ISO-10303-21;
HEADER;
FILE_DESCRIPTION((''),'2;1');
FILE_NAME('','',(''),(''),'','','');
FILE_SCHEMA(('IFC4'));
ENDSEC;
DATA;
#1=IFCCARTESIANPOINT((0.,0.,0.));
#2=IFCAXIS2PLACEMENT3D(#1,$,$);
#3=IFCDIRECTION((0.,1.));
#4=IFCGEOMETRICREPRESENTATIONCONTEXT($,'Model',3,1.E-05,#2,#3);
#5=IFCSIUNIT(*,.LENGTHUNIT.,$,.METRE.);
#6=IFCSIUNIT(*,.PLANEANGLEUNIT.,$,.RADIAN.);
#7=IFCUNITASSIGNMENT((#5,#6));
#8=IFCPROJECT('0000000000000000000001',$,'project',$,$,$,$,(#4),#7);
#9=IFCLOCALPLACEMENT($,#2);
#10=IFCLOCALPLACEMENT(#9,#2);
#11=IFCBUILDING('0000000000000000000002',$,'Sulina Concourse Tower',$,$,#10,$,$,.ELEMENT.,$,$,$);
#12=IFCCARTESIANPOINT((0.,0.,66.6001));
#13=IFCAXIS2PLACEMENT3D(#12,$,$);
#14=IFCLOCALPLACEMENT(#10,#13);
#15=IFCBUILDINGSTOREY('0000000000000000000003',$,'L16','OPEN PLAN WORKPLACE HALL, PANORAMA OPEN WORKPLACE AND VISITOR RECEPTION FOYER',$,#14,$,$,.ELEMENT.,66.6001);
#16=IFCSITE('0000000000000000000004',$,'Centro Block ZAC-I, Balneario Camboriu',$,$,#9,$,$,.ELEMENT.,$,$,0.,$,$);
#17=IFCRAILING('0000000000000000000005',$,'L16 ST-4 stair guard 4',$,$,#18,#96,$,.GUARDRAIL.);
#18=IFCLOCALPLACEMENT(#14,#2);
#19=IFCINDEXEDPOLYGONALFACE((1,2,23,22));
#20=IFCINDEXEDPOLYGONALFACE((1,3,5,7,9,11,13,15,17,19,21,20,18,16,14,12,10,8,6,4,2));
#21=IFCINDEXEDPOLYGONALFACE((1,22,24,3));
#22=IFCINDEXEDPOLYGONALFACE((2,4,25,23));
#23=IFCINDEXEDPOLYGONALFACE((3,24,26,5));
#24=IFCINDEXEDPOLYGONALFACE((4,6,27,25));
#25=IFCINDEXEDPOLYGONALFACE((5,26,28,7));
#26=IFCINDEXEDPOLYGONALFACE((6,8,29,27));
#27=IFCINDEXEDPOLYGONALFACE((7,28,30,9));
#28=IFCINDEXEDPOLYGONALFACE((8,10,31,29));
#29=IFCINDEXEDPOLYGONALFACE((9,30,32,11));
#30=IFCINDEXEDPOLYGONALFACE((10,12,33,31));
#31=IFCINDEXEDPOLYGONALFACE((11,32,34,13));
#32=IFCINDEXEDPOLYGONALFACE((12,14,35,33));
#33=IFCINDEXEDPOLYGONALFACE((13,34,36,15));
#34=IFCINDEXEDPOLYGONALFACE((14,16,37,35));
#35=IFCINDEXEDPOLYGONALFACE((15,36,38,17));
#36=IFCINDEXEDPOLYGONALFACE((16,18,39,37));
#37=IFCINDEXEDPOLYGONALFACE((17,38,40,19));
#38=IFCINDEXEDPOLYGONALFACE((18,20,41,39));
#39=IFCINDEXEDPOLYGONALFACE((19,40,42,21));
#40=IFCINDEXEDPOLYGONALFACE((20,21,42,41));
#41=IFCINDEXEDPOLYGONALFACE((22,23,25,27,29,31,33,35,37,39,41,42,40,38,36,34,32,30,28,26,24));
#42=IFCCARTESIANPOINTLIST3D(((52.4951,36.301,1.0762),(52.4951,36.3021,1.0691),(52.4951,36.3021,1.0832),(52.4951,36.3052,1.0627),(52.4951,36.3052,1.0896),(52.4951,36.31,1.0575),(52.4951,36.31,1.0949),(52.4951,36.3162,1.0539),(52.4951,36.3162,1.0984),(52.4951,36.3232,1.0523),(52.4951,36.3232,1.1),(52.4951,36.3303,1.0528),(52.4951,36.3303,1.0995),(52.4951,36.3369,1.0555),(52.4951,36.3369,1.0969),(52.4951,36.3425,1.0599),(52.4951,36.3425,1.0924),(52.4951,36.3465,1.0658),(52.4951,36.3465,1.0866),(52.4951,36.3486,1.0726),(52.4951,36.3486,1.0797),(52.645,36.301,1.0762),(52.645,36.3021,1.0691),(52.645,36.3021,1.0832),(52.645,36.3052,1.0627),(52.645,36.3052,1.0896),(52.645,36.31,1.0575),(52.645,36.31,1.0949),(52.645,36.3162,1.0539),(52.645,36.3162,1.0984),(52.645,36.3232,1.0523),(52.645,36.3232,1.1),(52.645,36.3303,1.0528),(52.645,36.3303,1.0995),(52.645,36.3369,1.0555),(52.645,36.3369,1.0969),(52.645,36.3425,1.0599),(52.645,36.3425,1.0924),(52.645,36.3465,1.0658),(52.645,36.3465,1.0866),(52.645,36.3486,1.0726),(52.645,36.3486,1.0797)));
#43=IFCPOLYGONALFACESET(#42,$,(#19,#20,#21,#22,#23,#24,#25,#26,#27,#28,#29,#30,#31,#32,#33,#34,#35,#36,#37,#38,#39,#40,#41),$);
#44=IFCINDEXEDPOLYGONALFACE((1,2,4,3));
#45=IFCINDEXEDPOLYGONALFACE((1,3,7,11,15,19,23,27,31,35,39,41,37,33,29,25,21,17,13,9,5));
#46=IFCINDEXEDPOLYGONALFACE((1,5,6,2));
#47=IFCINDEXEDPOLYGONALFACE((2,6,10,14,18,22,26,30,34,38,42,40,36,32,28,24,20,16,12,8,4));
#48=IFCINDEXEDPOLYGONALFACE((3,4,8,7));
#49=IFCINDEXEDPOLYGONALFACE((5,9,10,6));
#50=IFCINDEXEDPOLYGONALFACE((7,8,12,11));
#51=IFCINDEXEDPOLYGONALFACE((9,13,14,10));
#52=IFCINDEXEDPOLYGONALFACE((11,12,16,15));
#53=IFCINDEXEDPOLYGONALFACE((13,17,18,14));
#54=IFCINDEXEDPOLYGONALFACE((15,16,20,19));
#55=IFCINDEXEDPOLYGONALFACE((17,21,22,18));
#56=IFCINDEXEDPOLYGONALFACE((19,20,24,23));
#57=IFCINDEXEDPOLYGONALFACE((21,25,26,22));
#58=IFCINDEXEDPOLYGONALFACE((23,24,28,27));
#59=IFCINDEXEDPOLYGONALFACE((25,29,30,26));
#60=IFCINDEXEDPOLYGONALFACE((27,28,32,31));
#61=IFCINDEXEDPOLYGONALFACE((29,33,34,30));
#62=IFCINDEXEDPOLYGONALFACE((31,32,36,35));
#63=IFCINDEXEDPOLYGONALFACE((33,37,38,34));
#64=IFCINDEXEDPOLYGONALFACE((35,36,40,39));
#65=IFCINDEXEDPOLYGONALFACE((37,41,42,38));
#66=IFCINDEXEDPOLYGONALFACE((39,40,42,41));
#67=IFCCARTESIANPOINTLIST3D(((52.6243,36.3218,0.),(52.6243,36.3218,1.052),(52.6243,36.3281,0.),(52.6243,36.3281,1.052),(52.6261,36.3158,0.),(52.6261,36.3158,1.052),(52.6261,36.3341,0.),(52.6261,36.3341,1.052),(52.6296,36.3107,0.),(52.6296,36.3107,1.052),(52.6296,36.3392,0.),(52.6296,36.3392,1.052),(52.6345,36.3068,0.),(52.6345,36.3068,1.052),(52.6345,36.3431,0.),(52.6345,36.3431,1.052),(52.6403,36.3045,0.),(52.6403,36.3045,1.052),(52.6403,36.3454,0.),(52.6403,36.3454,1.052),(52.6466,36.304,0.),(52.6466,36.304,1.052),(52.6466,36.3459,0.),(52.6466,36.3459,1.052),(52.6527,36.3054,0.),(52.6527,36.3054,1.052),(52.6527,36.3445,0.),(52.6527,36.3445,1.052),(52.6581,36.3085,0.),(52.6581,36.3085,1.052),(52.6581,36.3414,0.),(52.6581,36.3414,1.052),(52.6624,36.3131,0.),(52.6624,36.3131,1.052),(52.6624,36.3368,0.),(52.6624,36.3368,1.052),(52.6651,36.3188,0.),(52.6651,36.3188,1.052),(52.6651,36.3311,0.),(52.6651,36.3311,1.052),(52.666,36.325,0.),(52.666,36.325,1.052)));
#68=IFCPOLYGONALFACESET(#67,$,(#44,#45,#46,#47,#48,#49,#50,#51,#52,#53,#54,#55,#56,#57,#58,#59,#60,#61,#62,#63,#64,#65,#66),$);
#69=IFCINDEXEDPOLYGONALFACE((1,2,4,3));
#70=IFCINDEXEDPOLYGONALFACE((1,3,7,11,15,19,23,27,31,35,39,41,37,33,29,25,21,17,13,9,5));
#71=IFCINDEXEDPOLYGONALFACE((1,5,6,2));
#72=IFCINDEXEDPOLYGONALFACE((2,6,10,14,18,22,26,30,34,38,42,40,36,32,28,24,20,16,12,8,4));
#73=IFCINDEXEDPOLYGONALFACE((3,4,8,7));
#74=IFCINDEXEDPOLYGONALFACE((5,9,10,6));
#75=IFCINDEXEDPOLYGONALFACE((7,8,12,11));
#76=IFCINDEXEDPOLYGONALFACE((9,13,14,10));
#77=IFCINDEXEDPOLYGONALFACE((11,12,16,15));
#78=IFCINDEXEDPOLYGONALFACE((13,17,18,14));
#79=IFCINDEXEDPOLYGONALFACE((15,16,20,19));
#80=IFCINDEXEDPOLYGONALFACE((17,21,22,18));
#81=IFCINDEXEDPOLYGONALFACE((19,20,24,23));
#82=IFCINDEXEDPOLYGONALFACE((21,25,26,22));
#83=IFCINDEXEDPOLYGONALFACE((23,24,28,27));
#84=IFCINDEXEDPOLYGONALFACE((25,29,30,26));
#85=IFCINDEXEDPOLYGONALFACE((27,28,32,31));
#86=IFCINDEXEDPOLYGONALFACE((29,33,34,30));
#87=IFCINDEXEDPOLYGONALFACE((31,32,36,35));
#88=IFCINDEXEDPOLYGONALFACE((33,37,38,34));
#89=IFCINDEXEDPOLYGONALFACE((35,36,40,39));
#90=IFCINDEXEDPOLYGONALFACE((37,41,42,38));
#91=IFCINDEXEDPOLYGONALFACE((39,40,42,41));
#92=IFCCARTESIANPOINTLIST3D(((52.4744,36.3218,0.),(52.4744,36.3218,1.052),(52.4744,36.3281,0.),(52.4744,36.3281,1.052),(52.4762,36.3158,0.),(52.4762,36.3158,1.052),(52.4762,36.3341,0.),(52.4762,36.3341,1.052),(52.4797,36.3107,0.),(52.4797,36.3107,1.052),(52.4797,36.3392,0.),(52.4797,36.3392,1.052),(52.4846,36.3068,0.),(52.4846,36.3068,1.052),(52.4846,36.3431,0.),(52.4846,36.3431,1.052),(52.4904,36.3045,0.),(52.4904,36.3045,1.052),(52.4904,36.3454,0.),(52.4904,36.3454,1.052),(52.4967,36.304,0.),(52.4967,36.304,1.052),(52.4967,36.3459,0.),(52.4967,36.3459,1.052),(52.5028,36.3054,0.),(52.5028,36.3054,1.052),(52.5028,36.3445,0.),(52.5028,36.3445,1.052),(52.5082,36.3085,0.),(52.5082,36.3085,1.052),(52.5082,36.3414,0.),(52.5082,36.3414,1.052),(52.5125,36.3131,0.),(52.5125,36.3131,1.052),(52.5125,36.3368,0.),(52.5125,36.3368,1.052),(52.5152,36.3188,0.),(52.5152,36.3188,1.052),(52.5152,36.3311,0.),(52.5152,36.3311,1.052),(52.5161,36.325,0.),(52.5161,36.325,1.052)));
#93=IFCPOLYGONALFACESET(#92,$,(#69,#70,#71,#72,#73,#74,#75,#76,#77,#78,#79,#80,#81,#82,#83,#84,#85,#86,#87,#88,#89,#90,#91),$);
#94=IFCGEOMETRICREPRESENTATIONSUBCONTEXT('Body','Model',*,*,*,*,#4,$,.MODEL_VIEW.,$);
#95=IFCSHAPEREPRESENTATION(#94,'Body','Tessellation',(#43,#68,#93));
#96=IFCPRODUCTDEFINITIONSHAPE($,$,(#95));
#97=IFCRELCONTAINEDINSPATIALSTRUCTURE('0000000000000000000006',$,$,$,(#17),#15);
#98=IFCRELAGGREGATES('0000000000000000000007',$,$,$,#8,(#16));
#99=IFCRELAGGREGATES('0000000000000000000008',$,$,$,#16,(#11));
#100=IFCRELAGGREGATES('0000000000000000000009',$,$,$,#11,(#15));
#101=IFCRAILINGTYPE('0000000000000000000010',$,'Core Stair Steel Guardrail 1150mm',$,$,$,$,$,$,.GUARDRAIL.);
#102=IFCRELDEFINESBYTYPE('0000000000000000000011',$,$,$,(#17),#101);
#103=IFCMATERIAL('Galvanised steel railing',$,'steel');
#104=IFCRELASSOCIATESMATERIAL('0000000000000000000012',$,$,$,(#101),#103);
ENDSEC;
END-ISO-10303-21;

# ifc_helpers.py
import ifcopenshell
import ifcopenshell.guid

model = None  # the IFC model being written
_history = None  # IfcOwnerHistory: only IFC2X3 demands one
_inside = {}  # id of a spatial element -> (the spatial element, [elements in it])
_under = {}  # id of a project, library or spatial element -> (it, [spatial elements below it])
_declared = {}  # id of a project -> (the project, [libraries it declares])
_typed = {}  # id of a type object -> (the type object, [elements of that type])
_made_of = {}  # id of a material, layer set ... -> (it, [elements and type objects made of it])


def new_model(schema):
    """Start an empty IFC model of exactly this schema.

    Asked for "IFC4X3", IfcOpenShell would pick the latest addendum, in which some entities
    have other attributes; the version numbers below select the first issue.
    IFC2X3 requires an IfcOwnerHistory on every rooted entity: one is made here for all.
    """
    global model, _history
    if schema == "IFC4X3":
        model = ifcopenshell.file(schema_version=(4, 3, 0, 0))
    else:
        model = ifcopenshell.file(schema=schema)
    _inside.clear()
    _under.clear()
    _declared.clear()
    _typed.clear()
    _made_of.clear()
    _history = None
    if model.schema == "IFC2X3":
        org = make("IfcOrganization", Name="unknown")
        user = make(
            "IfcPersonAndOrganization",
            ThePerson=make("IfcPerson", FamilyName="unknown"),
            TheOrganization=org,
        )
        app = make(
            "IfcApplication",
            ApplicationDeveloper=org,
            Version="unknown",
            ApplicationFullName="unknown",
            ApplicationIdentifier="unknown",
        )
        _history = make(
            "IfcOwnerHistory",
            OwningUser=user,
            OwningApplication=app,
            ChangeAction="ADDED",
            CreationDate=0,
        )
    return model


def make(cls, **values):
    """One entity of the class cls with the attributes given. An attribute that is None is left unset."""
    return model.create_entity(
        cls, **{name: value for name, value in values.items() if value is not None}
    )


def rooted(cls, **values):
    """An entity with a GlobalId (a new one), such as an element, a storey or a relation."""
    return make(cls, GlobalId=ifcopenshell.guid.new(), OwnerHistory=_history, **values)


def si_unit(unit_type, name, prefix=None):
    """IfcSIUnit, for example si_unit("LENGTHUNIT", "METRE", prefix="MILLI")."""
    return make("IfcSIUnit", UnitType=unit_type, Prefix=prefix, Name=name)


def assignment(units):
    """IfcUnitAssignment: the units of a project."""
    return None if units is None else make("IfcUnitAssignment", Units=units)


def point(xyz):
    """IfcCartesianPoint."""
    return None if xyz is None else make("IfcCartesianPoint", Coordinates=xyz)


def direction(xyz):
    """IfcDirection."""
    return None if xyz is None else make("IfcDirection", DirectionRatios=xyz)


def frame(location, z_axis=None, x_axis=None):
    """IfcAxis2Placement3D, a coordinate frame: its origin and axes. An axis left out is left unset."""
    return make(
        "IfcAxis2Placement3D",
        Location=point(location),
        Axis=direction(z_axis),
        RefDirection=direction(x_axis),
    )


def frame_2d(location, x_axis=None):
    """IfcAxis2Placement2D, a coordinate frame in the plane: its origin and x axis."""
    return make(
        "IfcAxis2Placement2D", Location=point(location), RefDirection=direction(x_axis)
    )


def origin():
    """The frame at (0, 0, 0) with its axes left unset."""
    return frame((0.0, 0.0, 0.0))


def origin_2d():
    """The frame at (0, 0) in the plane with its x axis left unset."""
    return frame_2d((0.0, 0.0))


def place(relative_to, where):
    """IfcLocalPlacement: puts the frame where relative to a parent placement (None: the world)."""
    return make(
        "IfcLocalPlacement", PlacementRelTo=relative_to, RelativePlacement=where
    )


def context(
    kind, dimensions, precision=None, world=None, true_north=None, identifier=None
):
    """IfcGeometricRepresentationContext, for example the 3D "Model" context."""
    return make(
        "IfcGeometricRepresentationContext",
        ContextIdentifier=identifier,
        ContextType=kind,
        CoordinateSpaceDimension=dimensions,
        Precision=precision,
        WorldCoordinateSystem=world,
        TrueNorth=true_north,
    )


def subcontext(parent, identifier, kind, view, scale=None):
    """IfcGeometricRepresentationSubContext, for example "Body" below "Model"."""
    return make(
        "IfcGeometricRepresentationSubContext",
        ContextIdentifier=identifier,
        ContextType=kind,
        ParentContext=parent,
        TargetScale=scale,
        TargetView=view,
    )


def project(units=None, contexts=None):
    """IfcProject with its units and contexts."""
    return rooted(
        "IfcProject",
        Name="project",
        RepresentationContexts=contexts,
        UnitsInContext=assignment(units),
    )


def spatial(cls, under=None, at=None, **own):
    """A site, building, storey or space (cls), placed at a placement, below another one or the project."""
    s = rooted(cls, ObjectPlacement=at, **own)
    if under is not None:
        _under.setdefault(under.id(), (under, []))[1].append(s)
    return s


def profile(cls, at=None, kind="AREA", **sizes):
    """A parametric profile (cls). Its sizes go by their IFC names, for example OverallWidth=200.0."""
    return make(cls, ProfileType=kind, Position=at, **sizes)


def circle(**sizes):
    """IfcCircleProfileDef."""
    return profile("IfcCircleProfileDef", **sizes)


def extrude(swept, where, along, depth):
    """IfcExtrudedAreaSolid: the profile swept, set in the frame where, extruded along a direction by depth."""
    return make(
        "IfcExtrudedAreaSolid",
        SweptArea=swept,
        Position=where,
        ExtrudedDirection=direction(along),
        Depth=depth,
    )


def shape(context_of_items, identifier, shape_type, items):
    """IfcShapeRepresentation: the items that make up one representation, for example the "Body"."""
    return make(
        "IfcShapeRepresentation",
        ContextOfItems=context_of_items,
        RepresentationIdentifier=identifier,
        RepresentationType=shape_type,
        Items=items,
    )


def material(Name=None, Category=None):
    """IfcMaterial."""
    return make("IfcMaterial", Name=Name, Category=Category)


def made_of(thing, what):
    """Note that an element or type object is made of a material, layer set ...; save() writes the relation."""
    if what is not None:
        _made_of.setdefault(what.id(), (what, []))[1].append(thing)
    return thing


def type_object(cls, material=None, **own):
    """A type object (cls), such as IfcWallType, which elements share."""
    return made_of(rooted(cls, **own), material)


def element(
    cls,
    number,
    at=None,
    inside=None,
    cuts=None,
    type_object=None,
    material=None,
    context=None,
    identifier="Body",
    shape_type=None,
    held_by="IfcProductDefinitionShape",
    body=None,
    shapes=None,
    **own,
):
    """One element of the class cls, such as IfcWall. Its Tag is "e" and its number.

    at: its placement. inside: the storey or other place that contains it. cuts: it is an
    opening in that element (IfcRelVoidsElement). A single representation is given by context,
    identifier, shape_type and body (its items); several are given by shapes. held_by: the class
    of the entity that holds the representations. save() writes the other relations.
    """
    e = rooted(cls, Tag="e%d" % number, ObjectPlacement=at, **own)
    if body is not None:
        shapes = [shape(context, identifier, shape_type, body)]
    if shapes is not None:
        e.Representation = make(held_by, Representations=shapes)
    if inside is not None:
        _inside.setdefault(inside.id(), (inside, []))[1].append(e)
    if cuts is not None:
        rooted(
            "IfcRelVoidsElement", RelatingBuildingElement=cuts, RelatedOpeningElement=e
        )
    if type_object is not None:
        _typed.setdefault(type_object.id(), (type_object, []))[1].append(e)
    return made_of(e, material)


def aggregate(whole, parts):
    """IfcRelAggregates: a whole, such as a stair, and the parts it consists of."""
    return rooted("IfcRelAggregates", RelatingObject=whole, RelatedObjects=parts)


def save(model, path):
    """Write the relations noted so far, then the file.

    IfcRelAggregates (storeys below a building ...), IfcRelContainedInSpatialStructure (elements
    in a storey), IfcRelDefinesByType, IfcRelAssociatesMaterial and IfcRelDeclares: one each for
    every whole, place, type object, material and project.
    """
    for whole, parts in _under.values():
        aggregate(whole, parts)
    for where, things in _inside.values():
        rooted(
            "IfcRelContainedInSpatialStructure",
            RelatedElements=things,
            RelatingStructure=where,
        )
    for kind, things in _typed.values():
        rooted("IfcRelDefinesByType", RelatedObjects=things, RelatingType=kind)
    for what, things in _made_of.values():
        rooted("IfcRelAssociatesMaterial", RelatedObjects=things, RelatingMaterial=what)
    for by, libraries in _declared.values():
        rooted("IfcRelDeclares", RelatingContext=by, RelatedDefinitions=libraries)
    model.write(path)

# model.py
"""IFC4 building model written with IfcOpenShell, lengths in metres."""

from ifc_helpers import new_model, si_unit, direction, frame, origin, origin_2d, place, context, subcontext, project, spatial, circle, extrude, material, type_object, element, save


model = new_model("IFC4")

# Units and contexts
model_context = context("Model", 3, precision=1e-05, world=origin(), true_north=direction((0.0, 1.0)))
body_context = subcontext(model_context, "Body", "Model", "MODEL_VIEW")
ifc_project = project(units=[si_unit("LENGTHUNIT", "METRE"), si_unit("PLANEANGLEUNIT", "RADIAN")], contexts=[model_context])

# Site, building, storey
site_placement = place(None, origin())
site = spatial("IfcSite", under=ifc_project, at=site_placement, Name="Centro Block ZAC-I, Balneario Camboriu", CompositionType="ELEMENT", RefElevation=0.0)
building_placement = place(site_placement, origin())
building = spatial("IfcBuilding", under=site, at=building_placement, Name="Sulina Concourse Tower", CompositionType="ELEMENT")
storey_placement = place(building_placement, frame((0.0, 0.0, 66.6001)))
storey = spatial("IfcBuildingStorey", under=building, at=storey_placement, Name="L16", Description="OPEN PLAN WORKPLACE HALL, PANORAMA OPEN WORKPLACE AND VISITOR RECEPTION FOYER", CompositionType="ELEMENT", Elevation=66.6001)

# Railing
ifc_material_1 = material(Name="Galvanised steel railing", Category="steel")
railing_type_1 = type_object("IfcRailingType", Name="Core Stair Steel Guardrail 1150mm", PredefinedType="GUARDRAIL", material=ifc_material_1)
railing_1_placement = place(storey_placement, frame((52.645, 36.325, 0.0)))
element("IfcRailing", 1, at=railing_1_placement, inside=storey, type_object=railing_type_1, Name="L16 ST-4 stair guard 4", PredefinedType="GUARDRAIL", context=body_context, shape_type="SweptSolid", body=[
    extrude(circle(Radius=0.0239, at=origin_2d()), frame((0.0, 0.0, 1.0762), z_axis=(-1.0, 0.0, 0.0), x_axis=(0.0, -1.0, 0.0)), (0.0, 0.0, 1.0), 0.1499),
    extrude(circle(Radius=0.021, at=origin_2d()), origin(), (0.0, 0.0, 1.0), 1.052),
    extrude(circle(Radius=0.021, at=origin_2d()), frame((-0.1499, 0.0, 0.0)), (0.0, 0.0, 1.0), 1.052),
])

save(model, "model.ifc")
